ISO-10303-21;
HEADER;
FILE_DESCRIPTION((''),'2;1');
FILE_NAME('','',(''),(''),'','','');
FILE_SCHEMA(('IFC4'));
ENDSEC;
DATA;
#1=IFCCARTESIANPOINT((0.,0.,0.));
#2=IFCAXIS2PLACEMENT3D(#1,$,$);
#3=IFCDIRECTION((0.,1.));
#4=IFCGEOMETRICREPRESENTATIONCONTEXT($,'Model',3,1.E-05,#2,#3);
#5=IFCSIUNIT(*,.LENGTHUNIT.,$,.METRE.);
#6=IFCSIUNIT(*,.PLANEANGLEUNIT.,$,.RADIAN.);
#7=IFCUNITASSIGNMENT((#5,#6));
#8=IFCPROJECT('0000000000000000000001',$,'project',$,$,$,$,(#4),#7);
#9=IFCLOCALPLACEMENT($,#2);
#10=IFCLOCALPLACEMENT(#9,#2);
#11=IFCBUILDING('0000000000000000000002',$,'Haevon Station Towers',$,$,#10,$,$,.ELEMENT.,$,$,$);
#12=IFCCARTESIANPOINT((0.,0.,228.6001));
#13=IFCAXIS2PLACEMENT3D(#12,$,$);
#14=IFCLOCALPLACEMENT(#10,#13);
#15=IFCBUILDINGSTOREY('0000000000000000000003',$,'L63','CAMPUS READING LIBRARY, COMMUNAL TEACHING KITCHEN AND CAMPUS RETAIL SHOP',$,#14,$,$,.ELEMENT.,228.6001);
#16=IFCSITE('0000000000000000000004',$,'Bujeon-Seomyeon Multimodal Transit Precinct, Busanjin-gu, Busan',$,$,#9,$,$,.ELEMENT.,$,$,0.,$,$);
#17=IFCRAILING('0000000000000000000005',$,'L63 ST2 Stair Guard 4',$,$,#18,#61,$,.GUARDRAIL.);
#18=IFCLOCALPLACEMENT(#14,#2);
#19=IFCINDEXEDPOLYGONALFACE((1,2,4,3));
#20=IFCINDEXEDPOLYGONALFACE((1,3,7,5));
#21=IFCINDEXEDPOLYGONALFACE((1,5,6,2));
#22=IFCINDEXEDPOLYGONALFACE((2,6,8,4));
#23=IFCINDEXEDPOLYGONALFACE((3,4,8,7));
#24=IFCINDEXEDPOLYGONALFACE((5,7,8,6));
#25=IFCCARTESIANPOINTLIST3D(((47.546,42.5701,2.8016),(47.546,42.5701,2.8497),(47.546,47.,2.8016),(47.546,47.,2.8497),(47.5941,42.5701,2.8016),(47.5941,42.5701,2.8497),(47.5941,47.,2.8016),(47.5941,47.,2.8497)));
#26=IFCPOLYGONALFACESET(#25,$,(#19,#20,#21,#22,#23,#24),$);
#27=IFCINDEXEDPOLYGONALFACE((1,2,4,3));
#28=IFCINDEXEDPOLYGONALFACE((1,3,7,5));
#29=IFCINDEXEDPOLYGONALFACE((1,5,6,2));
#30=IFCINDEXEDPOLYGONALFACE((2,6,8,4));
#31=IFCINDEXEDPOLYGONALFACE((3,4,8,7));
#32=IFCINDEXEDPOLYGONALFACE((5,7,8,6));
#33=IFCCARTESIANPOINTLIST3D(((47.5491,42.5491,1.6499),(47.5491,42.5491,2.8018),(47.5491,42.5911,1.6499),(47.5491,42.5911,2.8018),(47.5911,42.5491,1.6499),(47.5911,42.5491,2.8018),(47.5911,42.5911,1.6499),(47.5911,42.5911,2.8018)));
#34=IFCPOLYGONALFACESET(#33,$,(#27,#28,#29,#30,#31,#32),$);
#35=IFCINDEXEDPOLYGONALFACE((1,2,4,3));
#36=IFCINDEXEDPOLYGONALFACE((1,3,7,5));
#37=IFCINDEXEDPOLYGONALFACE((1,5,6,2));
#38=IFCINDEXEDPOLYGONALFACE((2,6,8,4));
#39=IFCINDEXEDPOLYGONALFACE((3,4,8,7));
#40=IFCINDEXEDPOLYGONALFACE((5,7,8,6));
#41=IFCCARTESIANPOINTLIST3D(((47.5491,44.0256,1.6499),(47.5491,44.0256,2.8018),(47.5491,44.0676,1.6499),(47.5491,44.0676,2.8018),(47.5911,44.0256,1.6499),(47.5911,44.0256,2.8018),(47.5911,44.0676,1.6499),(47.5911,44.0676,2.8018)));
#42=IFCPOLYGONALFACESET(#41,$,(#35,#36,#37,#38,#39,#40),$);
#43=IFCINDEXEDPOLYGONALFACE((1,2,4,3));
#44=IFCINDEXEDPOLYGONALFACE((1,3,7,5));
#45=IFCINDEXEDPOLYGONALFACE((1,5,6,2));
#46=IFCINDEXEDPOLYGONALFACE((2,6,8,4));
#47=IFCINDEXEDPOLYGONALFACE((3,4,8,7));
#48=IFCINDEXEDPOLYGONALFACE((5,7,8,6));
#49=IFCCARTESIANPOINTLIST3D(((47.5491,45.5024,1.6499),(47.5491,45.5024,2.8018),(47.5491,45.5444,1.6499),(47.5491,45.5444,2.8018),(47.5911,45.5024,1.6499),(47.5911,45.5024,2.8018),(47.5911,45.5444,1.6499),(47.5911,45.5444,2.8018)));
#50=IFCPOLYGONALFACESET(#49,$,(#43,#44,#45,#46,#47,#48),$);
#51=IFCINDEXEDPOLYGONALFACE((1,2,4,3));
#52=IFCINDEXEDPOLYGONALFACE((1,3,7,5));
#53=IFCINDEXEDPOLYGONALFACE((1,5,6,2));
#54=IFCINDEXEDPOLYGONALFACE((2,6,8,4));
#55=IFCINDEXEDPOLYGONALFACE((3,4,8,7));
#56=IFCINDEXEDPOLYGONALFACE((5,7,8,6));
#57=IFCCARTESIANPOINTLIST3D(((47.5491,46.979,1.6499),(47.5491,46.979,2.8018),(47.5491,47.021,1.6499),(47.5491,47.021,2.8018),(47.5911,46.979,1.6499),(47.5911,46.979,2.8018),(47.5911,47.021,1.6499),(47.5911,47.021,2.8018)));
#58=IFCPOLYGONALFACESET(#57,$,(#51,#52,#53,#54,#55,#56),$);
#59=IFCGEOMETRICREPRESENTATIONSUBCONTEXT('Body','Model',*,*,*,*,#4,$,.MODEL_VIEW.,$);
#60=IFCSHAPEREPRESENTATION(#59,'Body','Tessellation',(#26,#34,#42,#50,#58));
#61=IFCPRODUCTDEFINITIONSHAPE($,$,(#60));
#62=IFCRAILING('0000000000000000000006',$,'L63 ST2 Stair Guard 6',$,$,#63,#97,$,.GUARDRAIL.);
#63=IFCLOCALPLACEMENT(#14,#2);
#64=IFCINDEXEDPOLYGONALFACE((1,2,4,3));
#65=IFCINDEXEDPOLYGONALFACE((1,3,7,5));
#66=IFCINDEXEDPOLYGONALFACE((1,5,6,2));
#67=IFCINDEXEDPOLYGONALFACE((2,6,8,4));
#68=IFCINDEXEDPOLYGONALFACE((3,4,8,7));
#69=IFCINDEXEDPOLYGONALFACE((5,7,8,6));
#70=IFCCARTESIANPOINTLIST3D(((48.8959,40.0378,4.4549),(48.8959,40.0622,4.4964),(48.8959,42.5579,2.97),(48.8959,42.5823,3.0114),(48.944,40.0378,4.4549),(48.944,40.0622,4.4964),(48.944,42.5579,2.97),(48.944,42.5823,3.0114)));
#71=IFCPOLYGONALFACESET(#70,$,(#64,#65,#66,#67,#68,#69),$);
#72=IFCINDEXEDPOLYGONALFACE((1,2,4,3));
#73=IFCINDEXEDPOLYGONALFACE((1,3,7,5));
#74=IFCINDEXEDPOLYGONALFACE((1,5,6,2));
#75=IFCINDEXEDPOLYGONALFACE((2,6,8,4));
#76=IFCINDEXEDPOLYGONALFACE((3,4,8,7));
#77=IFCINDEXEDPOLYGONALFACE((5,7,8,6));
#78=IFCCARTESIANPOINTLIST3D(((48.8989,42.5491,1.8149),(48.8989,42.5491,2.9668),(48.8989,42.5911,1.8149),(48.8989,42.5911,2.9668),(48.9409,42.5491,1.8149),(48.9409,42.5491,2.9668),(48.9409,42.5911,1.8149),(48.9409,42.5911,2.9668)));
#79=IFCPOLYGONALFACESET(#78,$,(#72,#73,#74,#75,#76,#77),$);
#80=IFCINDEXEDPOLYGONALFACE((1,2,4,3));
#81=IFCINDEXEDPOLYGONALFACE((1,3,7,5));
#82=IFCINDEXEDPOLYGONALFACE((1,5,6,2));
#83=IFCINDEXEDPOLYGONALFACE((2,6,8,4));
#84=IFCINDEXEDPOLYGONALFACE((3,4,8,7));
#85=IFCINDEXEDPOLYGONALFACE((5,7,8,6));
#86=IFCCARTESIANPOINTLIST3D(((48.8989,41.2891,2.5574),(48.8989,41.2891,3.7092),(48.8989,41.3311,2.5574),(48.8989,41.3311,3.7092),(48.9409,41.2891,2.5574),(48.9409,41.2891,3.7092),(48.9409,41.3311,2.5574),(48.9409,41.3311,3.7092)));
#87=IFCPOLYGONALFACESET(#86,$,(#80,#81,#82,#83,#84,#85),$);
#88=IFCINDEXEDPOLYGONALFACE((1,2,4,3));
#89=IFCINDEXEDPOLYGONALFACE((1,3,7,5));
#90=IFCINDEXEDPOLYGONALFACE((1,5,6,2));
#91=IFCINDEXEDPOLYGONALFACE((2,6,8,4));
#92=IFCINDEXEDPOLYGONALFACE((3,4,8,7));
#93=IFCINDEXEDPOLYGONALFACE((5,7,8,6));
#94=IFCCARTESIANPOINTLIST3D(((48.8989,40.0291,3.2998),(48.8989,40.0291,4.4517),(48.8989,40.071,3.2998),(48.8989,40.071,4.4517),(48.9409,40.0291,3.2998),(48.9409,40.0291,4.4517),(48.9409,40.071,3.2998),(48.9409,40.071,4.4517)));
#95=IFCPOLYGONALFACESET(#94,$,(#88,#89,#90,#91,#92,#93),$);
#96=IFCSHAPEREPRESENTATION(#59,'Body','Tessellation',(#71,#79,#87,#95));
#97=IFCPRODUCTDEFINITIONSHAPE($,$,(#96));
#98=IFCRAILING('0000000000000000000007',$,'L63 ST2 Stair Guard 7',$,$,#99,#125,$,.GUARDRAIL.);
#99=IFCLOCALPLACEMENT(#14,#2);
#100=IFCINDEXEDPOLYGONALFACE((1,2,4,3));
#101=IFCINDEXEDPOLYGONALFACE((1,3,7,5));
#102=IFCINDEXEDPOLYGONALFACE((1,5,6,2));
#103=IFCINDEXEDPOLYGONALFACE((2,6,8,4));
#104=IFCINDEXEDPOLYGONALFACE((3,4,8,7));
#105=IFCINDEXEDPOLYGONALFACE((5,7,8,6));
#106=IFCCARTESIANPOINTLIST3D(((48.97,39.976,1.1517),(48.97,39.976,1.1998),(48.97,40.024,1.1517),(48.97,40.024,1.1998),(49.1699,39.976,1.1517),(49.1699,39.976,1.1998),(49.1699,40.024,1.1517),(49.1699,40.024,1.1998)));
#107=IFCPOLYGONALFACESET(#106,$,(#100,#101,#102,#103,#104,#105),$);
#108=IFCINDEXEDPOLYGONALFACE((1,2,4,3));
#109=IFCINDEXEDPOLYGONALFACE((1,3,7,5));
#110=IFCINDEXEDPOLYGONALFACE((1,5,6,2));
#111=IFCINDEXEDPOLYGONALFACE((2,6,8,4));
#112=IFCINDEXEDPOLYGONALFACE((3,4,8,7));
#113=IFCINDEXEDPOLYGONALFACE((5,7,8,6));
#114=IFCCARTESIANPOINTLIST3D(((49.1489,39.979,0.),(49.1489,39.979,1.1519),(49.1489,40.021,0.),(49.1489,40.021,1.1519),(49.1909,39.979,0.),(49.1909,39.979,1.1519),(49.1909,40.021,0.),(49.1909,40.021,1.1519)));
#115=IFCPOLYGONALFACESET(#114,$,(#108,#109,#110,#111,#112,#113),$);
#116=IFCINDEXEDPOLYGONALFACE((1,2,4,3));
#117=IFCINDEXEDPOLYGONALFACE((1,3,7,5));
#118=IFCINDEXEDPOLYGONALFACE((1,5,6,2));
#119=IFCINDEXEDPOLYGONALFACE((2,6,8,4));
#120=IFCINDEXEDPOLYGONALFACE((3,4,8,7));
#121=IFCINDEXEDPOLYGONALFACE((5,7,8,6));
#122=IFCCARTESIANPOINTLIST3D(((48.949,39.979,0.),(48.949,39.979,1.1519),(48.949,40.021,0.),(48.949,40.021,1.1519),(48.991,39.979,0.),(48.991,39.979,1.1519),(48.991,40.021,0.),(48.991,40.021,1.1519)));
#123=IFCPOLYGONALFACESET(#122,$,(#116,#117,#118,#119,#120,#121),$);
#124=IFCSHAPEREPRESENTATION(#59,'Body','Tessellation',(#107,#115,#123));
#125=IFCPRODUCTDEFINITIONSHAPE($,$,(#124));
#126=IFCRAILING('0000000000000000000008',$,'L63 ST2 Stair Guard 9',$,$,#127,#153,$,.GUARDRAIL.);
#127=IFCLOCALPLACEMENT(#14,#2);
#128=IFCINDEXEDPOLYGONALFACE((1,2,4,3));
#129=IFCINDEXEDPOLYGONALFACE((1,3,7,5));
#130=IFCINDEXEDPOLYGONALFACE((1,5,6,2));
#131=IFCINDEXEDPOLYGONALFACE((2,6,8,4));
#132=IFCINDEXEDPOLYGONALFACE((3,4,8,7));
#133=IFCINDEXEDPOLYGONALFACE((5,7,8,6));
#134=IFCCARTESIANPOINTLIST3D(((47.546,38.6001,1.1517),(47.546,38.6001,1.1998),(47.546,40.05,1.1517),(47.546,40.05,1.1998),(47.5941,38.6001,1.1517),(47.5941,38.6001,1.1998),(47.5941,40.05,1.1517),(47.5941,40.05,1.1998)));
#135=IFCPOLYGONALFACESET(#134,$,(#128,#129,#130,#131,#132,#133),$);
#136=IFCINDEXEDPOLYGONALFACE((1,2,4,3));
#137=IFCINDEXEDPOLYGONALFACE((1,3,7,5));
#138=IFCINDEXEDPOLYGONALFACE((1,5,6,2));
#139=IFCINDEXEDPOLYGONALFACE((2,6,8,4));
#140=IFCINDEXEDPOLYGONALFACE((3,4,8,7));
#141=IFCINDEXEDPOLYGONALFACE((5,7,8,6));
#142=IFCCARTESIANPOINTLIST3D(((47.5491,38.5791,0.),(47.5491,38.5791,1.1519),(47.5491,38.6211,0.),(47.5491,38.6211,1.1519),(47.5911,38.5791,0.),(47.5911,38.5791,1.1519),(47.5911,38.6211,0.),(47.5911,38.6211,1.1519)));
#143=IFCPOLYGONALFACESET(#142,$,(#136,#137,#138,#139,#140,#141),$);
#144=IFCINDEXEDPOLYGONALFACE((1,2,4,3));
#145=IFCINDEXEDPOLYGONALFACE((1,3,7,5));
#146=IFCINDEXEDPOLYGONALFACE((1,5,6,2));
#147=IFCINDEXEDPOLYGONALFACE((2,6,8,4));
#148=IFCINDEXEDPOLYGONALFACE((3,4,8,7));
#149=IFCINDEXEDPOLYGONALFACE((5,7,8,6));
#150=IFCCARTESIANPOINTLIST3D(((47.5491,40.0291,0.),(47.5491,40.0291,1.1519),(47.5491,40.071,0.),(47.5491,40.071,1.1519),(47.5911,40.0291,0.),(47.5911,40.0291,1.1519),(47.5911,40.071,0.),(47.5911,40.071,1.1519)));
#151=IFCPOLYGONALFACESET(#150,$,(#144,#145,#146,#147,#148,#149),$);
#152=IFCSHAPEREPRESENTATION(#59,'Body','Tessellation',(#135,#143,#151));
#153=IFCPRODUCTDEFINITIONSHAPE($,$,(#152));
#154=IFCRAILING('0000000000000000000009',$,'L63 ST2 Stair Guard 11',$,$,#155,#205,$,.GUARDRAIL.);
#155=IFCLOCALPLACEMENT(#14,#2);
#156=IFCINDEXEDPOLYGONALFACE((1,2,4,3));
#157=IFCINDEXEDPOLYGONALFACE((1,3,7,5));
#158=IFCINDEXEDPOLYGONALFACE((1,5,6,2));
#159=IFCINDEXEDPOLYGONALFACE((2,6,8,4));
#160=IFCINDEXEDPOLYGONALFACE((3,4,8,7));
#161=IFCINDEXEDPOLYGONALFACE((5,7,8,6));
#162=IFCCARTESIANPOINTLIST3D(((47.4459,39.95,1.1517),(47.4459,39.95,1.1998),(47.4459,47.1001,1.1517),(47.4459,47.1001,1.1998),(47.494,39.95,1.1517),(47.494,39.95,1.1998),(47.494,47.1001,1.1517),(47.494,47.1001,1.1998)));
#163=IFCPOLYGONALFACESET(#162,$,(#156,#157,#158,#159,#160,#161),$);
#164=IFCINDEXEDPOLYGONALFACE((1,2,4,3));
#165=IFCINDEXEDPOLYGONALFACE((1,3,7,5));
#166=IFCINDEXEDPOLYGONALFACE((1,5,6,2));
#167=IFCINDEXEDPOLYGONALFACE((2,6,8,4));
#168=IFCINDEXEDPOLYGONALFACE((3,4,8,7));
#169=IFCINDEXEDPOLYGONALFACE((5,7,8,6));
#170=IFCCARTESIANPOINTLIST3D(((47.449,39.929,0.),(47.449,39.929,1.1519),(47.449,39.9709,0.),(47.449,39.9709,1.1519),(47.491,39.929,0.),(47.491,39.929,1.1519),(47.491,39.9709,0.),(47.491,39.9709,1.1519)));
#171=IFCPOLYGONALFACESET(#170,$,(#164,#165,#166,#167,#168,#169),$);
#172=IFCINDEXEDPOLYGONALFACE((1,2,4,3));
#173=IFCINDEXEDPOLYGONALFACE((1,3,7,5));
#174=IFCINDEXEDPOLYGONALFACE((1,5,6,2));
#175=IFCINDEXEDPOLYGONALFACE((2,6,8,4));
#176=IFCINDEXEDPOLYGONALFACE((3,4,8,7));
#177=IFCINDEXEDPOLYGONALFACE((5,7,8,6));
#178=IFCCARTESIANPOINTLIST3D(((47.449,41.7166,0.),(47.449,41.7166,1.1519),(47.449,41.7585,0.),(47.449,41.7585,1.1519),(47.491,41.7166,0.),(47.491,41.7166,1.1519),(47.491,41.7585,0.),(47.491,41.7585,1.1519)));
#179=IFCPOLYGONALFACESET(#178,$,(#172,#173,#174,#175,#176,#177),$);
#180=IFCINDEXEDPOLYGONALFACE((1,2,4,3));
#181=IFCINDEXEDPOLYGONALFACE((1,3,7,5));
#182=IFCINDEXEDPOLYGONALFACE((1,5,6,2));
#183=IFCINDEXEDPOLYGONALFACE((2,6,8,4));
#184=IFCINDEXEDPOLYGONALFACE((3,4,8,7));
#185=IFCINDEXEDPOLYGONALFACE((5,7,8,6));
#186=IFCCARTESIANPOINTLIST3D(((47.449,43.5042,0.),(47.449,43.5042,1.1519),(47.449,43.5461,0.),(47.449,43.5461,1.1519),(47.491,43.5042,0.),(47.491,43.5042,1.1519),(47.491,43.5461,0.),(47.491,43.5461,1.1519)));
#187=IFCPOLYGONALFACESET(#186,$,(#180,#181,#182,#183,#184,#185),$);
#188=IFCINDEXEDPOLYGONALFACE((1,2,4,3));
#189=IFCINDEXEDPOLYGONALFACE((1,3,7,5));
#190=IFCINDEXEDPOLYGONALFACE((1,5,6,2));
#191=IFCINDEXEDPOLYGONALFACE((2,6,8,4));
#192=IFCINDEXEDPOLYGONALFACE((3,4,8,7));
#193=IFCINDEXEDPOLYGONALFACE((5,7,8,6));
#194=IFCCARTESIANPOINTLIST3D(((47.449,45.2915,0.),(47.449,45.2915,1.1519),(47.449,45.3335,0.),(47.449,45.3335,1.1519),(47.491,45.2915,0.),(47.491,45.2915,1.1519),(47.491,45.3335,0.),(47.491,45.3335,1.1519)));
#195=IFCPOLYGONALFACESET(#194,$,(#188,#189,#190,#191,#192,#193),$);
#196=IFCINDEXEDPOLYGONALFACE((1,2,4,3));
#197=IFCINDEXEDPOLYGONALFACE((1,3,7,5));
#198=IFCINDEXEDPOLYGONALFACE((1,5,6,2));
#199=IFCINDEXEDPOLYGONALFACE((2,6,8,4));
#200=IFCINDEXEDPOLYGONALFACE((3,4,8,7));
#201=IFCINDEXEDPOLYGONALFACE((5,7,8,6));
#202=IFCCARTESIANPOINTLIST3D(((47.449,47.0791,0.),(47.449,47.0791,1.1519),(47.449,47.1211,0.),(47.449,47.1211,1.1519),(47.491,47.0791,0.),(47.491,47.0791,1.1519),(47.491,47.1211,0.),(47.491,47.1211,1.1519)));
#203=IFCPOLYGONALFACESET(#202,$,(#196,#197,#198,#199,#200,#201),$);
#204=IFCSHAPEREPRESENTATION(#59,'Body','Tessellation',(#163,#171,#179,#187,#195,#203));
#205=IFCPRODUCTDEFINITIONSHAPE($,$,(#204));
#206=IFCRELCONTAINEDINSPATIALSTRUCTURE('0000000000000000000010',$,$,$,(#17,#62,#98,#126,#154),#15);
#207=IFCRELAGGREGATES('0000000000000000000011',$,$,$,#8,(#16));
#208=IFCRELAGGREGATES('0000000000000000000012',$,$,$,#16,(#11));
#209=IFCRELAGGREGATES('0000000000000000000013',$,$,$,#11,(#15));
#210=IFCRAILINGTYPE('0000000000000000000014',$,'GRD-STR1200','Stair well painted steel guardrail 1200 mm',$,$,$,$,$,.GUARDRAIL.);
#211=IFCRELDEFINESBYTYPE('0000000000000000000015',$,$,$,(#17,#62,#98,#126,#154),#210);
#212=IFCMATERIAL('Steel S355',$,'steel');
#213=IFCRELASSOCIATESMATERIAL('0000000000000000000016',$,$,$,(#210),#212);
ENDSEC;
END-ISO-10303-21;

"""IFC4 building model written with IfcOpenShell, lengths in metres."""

from ifc_helpers import new_model, si_unit, direction, frame, origin, origin_2d, place, context, subcontext, project, spatial, rectangle, extrude, material, type_object, element, save


model = new_model("IFC4")

# Units and contexts
model_context = context("Model", 3, precision=1e-05, world=origin(), true_north=direction((0.0, 1.0)))
body_context = subcontext(model_context, "Body", "Model", "MODEL_VIEW")
ifc_project = project(units=[si_unit("LENGTHUNIT", "METRE"), si_unit("PLANEANGLEUNIT", "RADIAN")], contexts=[model_context])

# Site, building, storey
site_placement = place(None, origin())
site = spatial("IfcSite", under=ifc_project, at=site_placement, Name="Bujeon-Seomyeon Multimodal Transit Precinct, Busanjin-gu, Busan", CompositionType="ELEMENT", RefElevation=0.0)
building_placement = place(site_placement, origin())
building = spatial("IfcBuilding", under=site, at=building_placement, Name="Haevon Station Towers", CompositionType="ELEMENT")
storey_placement = place(building_placement, frame((0.0, 0.0, 228.6001)))
storey = spatial("IfcBuildingStorey", under=building, at=storey_placement, Name="L63", Description="CAMPUS READING LIBRARY, COMMUNAL TEACHING KITCHEN AND CAMPUS RETAIL SHOP", CompositionType="ELEMENT", Elevation=228.6001)

# Shared definitions
ifc_material_1 = material(Name="Steel S355", Category="steel")

# Railings
railing_type_1 = type_object("IfcRailingType", Name="GRD-STR1200", Description="Stair well painted steel guardrail 1200 mm", PredefinedType="GUARDRAIL", material=ifc_material_1)
railing_1_placement = place(storey_placement, frame((47.5701, 42.5701, 1.6499)))
element("IfcRailing", 1, at=railing_1_placement, inside=storey, type_object=railing_type_1, Name="L63 ST2 Stair Guard 4", PredefinedType="GUARDRAIL", context=body_context, shape_type="SweptSolid", body=[
    extrude(rectangle(XDim=0.0481, YDim=0.0481, at=origin_2d()), frame((0.0, 0.0, 1.1758), z_axis=(0.0, 1.0, 0.0), x_axis=(-1.0, 0.0, 0.0)), (0.0, 0.0, 1.0), 4.4299),
    extrude(rectangle(XDim=0.042, YDim=0.042, at=origin_2d()), origin(), (0.0, 0.0, 1.0), 1.1519),
    extrude(rectangle(XDim=0.042, YDim=0.042, at=origin_2d()), frame((0.0, 1.4766, 0.0)), (0.0, 0.0, 1.0), 1.1519),
    extrude(rectangle(XDim=0.042, YDim=0.042, at=origin_2d()), frame((0.0, 2.9534, 0.0)), (0.0, 0.0, 1.0), 1.1519),
    extrude(rectangle(XDim=0.042, YDim=0.042, at=origin_2d()), frame((0.0, 4.4299, 0.0)), (0.0, 0.0, 1.0), 1.1519),
])
railing_2_placement = place(storey_placement, frame((48.9199, 42.5701, 1.8149)))
element("IfcRailing", 2, at=railing_2_placement, inside=storey, type_object=railing_type_1, Name="L63 ST2 Stair Guard 6", PredefinedType="GUARDRAIL", context=body_context, shape_type="SweptSolid", body=[
    extrude(rectangle(XDim=0.0481, YDim=0.0481, at=origin_2d()), frame((0.0, 0.0, 1.1758), z_axis=(0.0, -0.861561, 0.507655), x_axis=(1.0, 0.0, 0.0)), (0.0, 0.0, 1.0), 2.925),
    extrude(rectangle(XDim=0.042, YDim=0.042, at=origin_2d()), origin(), (0.0, 0.0, 1.0), 1.1519),
    extrude(rectangle(XDim=0.042, YDim=0.042, at=origin_2d()), frame((0.0, -1.26, 0.7424)), (0.0, 0.0, 1.0), 1.1519),
    extrude(rectangle(XDim=0.042, YDim=0.042, at=origin_2d()), frame((0.0, -2.52, 1.4849)), (0.0, 0.0, 1.0), 1.1519),
])
railing_3_placement = place(storey_placement, frame((49.1699, 40.0, 0.0)))
element("IfcRailing", 3, at=railing_3_placement, inside=storey, type_object=railing_type_1, Name="L63 ST2 Stair Guard 7", PredefinedType="GUARDRAIL", context=body_context, shape_type="SweptSolid", body=[
    extrude(rectangle(XDim=0.0481, YDim=0.0481, at=origin_2d()), frame((0.0, 0.0, 1.1758), z_axis=(-1.0, 0.0, 0.0), x_axis=(0.0, -1.0, 0.0)), (0.0, 0.0, 1.0), 0.2),
    extrude(rectangle(XDim=0.042, YDim=0.042, at=origin_2d()), origin(), (0.0, 0.0, 1.0), 1.1519),
    extrude(rectangle(XDim=0.042, YDim=0.042, at=origin_2d()), frame((-0.2, 0.0, 0.0)), (0.0, 0.0, 1.0), 1.1519),
])
railing_4_placement = place(storey_placement, frame((47.5701, 38.6001, 0.0)))
element("IfcRailing", 4, at=railing_4_placement, inside=storey, type_object=railing_type_1, Name="L63 ST2 Stair Guard 9", PredefinedType="GUARDRAIL", context=body_context, shape_type="SweptSolid", body=[
    extrude(rectangle(XDim=0.0481, YDim=0.0481, at=origin_2d()), frame((0.0, 0.0, 1.1758), z_axis=(0.0, 1.0, 0.0), x_axis=(-1.0, 0.0, 0.0)), (0.0, 0.0, 1.0), 1.45),
    extrude(rectangle(XDim=0.042, YDim=0.042, at=origin_2d()), origin(), (0.0, 0.0, 1.0), 1.1519),
    extrude(rectangle(XDim=0.042, YDim=0.042, at=origin_2d()), frame((0.0, 1.45, 0.0)), (0.0, 0.0, 1.0), 1.1519),
])
railing_5_placement = place(storey_placement, frame((47.47, 39.95, 0.0)))
element("IfcRailing", 5, at=railing_5_placement, inside=storey, type_object=railing_type_1, Name="L63 ST2 Stair Guard 11", PredefinedType="GUARDRAIL", context=body_context, shape_type="SweptSolid", body=[
    extrude(rectangle(XDim=0.0481, YDim=0.0481, at=origin_2d()), frame((0.0, 0.0, 1.1758), z_axis=(0.0, 1.0, 0.0), x_axis=(-1.0, 0.0, 0.0)), (0.0, 0.0, 1.0), 7.1501),
    extrude(rectangle(XDim=0.042, YDim=0.042, at=origin_2d()), origin(), (0.0, 0.0, 1.0), 1.1519),
    extrude(rectangle(XDim=0.042, YDim=0.042, at=origin_2d()), frame((0.0, 1.7876, 0.0)), (0.0, 0.0, 1.0), 1.1519),
    extrude(rectangle(XDim=0.042, YDim=0.042, at=origin_2d()), frame((0.0, 3.5752, 0.0)), (0.0, 0.0, 1.0), 1.1519),
    extrude(rectangle(XDim=0.042, YDim=0.042, at=origin_2d()), frame((0.0, 5.3625, 0.0)), (0.0, 0.0, 1.0), 1.1519),
    extrude(rectangle(XDim=0.042, YDim=0.042, at=origin_2d()), frame((0.0, 7.1501, 0.0)), (0.0, 0.0, 1.0), 1.1519),
])

save(model, "model.ifc")
